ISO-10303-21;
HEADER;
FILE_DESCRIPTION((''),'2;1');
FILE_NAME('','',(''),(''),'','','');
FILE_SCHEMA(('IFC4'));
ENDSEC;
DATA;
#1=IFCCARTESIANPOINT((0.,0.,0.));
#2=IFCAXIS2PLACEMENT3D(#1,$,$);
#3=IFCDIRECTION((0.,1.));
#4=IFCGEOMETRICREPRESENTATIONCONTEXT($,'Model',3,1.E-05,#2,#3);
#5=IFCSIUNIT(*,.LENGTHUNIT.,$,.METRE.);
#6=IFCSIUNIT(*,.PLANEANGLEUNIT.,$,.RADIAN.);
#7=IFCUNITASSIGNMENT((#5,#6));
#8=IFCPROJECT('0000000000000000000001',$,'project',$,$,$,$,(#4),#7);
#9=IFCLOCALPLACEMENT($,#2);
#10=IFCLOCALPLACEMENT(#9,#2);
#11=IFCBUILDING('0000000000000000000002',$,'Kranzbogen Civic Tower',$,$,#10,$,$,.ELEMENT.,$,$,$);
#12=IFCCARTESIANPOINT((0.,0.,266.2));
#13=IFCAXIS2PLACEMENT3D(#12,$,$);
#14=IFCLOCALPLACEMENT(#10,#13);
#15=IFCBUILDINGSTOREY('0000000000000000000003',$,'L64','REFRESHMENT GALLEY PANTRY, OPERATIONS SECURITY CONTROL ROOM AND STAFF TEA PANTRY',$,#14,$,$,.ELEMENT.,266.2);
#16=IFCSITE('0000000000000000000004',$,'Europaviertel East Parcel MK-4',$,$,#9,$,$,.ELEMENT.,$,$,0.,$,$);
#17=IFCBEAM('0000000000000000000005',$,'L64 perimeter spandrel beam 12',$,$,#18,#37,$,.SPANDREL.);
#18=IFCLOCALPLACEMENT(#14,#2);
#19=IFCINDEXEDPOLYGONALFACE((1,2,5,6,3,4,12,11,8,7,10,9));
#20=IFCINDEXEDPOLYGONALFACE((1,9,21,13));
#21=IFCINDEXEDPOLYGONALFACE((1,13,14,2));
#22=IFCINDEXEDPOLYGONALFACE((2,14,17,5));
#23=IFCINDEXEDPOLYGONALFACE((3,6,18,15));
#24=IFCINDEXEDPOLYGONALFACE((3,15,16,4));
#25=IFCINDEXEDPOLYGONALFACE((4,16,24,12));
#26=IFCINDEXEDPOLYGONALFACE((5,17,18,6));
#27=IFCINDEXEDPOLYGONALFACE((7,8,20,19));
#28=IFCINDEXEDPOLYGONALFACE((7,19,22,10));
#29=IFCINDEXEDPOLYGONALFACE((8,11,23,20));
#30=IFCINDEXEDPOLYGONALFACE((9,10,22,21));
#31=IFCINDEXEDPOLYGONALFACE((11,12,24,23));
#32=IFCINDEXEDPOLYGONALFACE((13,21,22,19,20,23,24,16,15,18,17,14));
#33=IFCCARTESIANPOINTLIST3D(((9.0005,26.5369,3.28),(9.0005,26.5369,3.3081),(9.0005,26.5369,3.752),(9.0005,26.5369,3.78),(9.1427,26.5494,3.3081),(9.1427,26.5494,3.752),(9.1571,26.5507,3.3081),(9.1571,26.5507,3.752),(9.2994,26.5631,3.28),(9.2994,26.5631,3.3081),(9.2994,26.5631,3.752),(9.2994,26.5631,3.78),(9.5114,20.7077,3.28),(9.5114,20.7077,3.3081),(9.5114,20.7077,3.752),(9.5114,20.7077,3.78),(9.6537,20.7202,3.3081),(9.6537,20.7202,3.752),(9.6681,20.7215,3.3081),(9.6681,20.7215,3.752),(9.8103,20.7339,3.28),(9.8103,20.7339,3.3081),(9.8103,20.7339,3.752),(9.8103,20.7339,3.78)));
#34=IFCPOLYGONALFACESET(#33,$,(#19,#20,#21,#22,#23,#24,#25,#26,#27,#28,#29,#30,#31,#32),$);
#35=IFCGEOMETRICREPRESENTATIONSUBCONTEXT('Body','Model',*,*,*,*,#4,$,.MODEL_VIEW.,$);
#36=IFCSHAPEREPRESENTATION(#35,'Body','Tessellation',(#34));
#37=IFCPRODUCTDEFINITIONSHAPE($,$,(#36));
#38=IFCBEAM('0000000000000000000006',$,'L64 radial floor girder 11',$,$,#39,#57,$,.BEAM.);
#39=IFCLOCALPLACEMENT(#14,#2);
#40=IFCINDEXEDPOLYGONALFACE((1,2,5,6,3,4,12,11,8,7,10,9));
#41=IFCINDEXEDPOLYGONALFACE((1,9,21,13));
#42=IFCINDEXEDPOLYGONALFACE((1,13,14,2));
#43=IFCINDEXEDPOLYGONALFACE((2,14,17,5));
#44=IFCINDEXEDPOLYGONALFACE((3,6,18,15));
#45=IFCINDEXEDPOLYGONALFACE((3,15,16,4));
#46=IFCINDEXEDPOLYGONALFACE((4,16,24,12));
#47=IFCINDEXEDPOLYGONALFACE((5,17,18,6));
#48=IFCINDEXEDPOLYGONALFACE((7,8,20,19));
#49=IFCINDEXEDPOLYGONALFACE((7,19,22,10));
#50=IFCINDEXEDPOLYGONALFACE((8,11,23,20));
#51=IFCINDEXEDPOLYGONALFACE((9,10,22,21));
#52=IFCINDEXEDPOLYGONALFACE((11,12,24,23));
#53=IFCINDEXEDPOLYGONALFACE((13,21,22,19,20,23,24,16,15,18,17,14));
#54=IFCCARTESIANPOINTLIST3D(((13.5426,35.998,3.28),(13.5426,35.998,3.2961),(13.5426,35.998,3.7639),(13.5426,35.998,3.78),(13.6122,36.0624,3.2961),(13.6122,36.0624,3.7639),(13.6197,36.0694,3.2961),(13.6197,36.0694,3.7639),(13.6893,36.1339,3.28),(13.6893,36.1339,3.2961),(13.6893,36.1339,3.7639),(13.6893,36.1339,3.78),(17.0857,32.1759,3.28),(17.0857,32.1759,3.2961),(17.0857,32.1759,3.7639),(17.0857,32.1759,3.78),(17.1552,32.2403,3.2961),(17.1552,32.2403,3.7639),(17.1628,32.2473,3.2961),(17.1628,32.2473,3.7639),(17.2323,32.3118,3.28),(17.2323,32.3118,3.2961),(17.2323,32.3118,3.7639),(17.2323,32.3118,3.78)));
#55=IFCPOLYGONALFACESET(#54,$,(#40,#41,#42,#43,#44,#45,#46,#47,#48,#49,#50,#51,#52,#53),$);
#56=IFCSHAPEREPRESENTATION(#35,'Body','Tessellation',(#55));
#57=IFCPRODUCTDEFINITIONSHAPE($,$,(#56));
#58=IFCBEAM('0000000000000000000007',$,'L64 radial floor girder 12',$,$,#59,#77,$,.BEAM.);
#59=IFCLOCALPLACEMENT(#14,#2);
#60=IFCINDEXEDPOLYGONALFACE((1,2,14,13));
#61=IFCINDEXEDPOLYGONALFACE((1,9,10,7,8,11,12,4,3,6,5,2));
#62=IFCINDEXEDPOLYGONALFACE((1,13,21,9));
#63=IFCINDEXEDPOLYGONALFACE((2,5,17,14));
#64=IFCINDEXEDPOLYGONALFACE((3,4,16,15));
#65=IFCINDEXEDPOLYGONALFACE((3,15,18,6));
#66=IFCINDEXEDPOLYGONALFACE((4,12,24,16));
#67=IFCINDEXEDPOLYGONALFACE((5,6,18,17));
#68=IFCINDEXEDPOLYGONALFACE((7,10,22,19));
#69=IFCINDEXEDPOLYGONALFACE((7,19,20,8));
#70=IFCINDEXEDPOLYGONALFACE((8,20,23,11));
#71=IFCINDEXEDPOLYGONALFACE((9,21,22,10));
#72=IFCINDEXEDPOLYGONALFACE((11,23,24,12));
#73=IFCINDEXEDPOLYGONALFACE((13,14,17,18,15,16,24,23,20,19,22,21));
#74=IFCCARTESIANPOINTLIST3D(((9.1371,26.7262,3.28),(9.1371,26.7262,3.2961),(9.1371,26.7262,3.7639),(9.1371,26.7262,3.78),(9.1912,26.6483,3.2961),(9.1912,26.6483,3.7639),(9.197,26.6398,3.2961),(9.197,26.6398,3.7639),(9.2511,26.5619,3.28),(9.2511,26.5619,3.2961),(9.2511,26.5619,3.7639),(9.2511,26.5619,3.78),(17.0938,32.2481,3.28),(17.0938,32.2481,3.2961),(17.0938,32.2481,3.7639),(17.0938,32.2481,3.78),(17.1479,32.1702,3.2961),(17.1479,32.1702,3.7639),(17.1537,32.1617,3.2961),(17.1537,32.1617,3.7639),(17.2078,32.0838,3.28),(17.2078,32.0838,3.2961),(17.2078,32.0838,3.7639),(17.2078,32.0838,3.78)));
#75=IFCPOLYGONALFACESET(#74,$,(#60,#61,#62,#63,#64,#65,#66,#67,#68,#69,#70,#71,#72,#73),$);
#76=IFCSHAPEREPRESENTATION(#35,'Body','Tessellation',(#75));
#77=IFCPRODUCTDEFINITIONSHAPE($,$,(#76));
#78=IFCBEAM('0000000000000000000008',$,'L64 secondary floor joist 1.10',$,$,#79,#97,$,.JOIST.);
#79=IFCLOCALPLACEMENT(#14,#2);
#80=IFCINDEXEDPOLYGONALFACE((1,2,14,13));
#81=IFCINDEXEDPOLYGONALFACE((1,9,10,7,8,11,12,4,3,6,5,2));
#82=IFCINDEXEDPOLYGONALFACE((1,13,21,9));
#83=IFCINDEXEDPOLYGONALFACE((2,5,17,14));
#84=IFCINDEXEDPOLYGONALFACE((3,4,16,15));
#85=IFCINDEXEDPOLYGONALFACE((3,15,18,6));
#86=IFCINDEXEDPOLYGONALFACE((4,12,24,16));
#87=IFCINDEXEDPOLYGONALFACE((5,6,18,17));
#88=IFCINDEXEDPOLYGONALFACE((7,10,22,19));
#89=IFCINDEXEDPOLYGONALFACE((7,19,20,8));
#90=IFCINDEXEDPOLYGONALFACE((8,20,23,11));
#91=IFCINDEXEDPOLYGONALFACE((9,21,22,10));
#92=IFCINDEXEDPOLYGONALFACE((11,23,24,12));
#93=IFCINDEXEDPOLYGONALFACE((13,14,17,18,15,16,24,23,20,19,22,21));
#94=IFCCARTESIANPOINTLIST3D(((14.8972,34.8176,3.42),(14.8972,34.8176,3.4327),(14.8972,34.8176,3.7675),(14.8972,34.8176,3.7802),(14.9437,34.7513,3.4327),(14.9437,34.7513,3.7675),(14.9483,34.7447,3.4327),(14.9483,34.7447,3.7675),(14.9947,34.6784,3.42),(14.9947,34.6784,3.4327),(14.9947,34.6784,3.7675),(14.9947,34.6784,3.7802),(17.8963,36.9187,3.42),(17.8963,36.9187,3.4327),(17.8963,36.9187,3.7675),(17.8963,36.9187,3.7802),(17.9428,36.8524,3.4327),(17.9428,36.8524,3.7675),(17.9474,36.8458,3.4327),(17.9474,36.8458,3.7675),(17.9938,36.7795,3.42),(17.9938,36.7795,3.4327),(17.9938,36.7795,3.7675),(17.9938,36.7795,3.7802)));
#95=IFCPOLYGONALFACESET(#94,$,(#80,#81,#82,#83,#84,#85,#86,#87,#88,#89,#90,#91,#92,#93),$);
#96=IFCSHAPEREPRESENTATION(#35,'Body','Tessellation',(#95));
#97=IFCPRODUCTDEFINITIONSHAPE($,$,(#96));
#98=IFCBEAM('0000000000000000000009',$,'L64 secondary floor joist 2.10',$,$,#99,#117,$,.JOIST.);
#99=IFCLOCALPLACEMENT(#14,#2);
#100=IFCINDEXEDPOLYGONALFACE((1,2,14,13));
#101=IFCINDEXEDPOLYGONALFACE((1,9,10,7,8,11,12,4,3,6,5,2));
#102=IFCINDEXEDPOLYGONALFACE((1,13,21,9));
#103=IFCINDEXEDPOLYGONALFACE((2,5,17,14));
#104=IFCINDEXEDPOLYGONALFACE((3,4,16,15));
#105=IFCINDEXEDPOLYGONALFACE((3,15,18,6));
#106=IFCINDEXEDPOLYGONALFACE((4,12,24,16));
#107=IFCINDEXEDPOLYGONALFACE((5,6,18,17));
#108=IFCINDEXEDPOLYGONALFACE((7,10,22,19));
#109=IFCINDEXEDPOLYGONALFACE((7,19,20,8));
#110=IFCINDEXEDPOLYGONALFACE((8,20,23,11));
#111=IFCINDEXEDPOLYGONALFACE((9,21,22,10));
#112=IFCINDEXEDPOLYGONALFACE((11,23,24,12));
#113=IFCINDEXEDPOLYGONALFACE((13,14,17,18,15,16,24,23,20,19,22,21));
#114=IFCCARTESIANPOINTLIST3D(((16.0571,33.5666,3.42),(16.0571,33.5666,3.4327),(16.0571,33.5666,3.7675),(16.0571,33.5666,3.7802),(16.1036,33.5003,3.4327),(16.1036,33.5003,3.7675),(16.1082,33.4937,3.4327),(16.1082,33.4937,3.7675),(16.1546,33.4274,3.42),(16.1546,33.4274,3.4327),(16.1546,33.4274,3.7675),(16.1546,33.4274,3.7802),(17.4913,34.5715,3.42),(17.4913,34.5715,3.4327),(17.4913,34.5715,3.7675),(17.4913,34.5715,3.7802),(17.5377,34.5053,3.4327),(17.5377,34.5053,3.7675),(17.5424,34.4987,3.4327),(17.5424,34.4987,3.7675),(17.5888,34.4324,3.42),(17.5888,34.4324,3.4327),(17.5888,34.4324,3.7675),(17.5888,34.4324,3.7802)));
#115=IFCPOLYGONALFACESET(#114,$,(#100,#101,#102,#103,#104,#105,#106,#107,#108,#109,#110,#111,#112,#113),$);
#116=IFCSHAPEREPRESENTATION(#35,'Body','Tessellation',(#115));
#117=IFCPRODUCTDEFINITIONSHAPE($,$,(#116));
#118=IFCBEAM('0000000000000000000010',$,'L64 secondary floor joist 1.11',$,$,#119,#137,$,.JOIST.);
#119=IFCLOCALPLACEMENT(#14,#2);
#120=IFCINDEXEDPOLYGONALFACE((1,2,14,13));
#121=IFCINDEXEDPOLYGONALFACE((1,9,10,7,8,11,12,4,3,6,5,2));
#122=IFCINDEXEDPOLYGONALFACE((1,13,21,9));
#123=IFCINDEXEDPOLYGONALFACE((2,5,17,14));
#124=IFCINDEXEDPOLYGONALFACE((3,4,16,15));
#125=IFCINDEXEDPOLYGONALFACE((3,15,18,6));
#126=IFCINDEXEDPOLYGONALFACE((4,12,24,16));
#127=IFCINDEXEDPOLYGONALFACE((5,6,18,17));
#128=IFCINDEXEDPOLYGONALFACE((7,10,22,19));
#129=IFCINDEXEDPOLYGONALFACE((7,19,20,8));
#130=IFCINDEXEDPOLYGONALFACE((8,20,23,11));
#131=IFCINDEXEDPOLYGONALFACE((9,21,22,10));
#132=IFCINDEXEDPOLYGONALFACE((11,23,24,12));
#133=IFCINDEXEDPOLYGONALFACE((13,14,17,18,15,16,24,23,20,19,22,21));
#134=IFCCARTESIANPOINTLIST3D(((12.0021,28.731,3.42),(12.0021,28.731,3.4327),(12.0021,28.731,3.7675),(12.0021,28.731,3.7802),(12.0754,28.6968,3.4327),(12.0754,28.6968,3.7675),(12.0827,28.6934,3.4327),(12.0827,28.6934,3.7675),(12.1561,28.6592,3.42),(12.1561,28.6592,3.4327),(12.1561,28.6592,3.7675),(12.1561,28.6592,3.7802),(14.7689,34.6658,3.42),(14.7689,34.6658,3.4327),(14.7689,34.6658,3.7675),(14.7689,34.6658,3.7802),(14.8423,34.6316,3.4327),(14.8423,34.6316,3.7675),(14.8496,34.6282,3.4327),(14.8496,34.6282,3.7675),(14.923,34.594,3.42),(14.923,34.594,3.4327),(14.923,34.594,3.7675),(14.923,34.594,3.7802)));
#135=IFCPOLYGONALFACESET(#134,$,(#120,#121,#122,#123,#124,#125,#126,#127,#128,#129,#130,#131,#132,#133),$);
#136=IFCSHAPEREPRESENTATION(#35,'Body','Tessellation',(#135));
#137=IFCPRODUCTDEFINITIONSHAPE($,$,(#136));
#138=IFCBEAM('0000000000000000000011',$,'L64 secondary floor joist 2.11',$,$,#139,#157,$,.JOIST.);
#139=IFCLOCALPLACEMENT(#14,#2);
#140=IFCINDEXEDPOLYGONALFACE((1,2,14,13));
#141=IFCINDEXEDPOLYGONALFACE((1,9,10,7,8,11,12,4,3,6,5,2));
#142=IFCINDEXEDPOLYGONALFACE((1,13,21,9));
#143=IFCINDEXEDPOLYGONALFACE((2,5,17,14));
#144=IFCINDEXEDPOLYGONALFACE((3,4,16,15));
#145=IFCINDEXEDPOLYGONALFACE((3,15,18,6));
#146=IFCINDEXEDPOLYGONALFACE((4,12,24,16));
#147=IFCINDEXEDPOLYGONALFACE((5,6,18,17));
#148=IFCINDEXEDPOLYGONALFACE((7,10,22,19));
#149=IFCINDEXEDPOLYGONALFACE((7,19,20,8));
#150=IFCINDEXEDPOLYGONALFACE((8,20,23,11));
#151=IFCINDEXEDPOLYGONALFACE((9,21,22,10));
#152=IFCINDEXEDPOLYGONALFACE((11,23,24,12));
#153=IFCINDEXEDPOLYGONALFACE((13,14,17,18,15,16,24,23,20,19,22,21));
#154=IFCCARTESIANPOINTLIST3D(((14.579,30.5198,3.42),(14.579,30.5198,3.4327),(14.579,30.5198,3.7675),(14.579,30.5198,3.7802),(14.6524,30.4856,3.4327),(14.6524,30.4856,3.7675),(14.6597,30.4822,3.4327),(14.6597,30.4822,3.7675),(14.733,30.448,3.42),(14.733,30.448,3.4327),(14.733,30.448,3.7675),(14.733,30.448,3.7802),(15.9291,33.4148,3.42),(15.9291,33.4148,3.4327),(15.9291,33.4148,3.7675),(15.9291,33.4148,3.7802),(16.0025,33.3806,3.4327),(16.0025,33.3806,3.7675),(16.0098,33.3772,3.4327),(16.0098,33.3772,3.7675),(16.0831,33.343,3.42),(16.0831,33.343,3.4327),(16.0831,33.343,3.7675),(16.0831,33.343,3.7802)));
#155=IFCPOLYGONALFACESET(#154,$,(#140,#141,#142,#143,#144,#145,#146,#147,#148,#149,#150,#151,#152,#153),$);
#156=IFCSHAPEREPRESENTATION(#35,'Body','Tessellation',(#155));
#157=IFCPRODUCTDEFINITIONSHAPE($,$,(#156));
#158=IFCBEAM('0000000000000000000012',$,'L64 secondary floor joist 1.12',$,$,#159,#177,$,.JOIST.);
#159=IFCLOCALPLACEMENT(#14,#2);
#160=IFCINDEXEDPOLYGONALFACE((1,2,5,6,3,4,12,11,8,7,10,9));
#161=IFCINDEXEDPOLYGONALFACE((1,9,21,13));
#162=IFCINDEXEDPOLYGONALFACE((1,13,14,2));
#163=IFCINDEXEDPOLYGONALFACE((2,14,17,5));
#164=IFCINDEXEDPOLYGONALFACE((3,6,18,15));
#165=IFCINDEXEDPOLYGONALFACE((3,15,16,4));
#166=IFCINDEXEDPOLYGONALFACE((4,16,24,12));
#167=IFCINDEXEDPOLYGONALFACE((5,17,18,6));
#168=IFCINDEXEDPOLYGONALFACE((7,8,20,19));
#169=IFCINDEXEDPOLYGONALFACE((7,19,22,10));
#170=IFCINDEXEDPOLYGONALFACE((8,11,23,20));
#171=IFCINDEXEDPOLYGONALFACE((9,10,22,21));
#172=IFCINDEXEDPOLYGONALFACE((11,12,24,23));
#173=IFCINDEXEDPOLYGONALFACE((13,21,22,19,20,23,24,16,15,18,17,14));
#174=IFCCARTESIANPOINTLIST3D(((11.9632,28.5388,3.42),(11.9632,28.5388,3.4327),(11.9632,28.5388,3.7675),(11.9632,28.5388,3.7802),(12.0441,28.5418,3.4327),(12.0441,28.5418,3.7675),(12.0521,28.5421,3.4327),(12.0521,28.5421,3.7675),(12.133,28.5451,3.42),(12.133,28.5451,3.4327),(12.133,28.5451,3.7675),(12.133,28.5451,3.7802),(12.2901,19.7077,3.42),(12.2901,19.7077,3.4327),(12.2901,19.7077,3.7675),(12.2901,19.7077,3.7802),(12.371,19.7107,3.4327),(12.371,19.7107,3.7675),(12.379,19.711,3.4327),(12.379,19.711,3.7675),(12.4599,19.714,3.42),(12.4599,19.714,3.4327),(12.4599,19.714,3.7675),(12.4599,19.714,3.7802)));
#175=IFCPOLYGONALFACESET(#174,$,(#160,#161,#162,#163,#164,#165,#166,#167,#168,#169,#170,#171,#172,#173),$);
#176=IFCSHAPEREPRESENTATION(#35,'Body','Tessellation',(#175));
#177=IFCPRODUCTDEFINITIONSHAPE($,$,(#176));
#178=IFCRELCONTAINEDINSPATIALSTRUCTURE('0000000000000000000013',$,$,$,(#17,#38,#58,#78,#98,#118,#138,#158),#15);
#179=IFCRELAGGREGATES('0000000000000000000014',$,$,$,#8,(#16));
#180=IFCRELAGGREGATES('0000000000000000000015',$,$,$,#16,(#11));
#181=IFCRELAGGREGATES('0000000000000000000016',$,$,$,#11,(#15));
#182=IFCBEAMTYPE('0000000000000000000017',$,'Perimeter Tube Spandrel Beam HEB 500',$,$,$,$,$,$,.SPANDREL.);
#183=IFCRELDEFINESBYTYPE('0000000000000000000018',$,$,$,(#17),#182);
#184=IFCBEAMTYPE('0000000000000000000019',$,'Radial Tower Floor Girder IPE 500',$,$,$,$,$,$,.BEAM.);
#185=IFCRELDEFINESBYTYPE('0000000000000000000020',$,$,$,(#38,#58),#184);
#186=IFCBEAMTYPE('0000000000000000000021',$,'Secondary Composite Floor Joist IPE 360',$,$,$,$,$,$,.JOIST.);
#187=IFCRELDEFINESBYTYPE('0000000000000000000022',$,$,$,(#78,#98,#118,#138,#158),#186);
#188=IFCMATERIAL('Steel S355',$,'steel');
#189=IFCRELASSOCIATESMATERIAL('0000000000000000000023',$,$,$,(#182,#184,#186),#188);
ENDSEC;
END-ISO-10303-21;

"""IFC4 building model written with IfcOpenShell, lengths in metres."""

from ifc_helpers import new_model, si_unit, direction, frame, origin, origin_2d, place, context, subcontext, project, spatial, i_section, extrude, material, material_profile, profile_set, type_object, element, save


model = new_model("IFC4")

# Units and contexts
model_context = context("Model", 3, precision=1e-05, world=origin(), true_north=direction((0.0, 1.0)))
body_context = subcontext(model_context, "Body", "Model", "MODEL_VIEW")
ifc_project = project(units=[si_unit("LENGTHUNIT", "METRE"), si_unit("PLANEANGLEUNIT", "RADIAN")], contexts=[model_context])

# Site, building, storey
site_placement = place(None, origin())
site = spatial("IfcSite", under=ifc_project, at=site_placement, Name="Europaviertel East Parcel MK-4", CompositionType="ELEMENT", RefElevation=0.0)
building_placement = place(site_placement, origin())
building = spatial("IfcBuilding", under=site, at=building_placement, Name="Kranzbogen Civic Tower", CompositionType="ELEMENT")
storey_placement = place(building_placement, frame((0.0, 0.0, 266.2)))
storey = spatial("IfcBuildingStorey", under=building, at=storey_placement, Name="L64", Description="REFRESHMENT GALLEY PANTRY, OPERATIONS SECURITY CONTROL ROOM AND STAFF TEA PANTRY", CompositionType="ELEMENT", Elevation=266.2)

# Shared definitions
ifc_material_1 = material(Name="Steel S355", Category="steel")

# Beams
ifc_material_profile_1 = material_profile(ifc_material_1, i_section(OverallWidth=0.3, OverallDepth=0.5, WebThickness=0.0144, FlangeThickness=0.0281, at=origin_2d()), Name="HEB 500")
ifc_profile_set_1 = profile_set([ifc_material_profile_1], Name="Steel S355")
beam_type_1 = type_object("IfcBeamType", Name="Perimeter Tube Spandrel Beam HEB 500", PredefinedType="SPANDREL", material=ifc_profile_set_1)
beam_1_placement = place(storey_placement, frame((9.1499, 26.55, 3.53), z_axis=(0.087326, -0.99618, 0.0), x_axis=(0.99618, 0.087326, 0.0)))
element("IfcBeam", 1, at=beam_1_placement, inside=storey, type_object=beam_type_1, Name="L64 perimeter spandrel beam 12", PredefinedType="SPANDREL", context=body_context, shape_type="SweptSolid", body=[
    extrude(i_section(OverallWidth=0.3, OverallDepth=0.5, WebThickness=0.0144, FlangeThickness=0.0281, at=origin_2d()), origin(), (0.0, 0.0, 1.0), 5.8516),
])
ifc_material_profile_2 = material_profile(ifc_material_1, i_section(OverallWidth=0.2, OverallDepth=0.5, WebThickness=0.0103, FlangeThickness=0.0161, at=origin_2d()), Name="IPE 500")
ifc_profile_set_2 = profile_set([ifc_material_profile_2], Name="Steel S355")
beam_type_2 = type_object("IfcBeamType", Name="Radial Tower Floor Girder IPE 500", PredefinedType="BEAM", material=ifc_profile_set_2)
beam_2_placement = place(storey_placement, frame((13.616, 36.0659, 3.53), z_axis=(0.679827, -0.733372, 0.0), x_axis=(0.733372, 0.679827, 0.0)))
element("IfcBeam", 2, at=beam_2_placement, inside=storey, type_object=beam_type_2, Name="L64 radial floor girder 11", PredefinedType="BEAM", context=body_context, shape_type="SweptSolid", body=[
    extrude(i_section(OverallWidth=0.2, OverallDepth=0.5, WebThickness=0.0103, FlangeThickness=0.0161, at=origin_2d()), origin(), (0.0, 0.0, 1.0), 5.2117),
])
beam_3_placement = place(storey_placement, frame((9.1941, 26.644, 3.53), z_axis=(0.821543, 0.570147, 0.0), x_axis=(-0.570147, 0.821543, 0.0)))
element("IfcBeam", 3, at=beam_3_placement, inside=storey, type_object=beam_type_2, Name="L64 radial floor girder 12", PredefinedType="BEAM", context=body_context, shape_type="SweptSolid", body=[
    extrude(i_section(OverallWidth=0.2, OverallDepth=0.5, WebThickness=0.0103, FlangeThickness=0.0161, at=origin_2d()), origin(), (0.0, 0.0, 1.0), 9.6851),
])
ifc_material_profile_3 = material_profile(ifc_material_1, i_section(OverallWidth=0.1699, OverallDepth=0.3601, WebThickness=0.0081, FlangeThickness=0.0127, at=origin_2d()), Name="IPE 360")
ifc_profile_set_3 = profile_set([ifc_material_profile_3], Name="Steel S355")
beam_type_3 = type_object("IfcBeamType", Name="Secondary Composite Floor Joist IPE 360", PredefinedType="JOIST", material=ifc_profile_set_3)
beam_4_placement = place(storey_placement, frame((17.9451, 36.8491, 3.6001), z_axis=(-0.819006, -0.573784, 0.0), x_axis=(0.573784, -0.819006, 0.0)))
element("IfcBeam", 4, at=beam_4_placement, inside=storey, type_object=beam_type_3, Name="L64 secondary floor joist 1.10", PredefinedType="JOIST", context=body_context, shape_type="SweptSolid", body=[
    extrude(i_section(OverallWidth=0.1699, OverallDepth=0.3601, WebThickness=0.0081, FlangeThickness=0.0127, at=origin_2d()), origin(), (0.0, 0.0, 1.0), 3.6619),
])
beam_5_placement = place(storey_placement, frame((17.54, 34.502, 3.6001), z_axis=(-0.818957, -0.573855, 0.0), x_axis=(0.573855, -0.818957, 0.0)))
element("IfcBeam", 5, at=beam_5_placement, inside=storey, type_object=beam_type_3, Name="L64 secondary floor joist 2.10", PredefinedType="JOIST", context=body_context, shape_type="SweptSolid", body=[
    extrude(i_section(OverallWidth=0.1699, OverallDepth=0.3601, WebThickness=0.0081, FlangeThickness=0.0127, at=origin_2d()), origin(), (0.0, 0.0, 1.0), 1.7512),
])
beam_6_placement = place(storey_placement, frame((14.8459, 34.6299, 3.6001), z_axis=(-0.422543, -0.906343, 0.0), x_axis=(0.906343, -0.422543, 0.0)))
element("IfcBeam", 6, at=beam_6_placement, inside=storey, type_object=beam_type_3, Name="L64 secondary floor joist 1.11", PredefinedType="JOIST", context=body_context, shape_type="SweptSolid", body=[
    extrude(i_section(OverallWidth=0.1699, OverallDepth=0.3601, WebThickness=0.0081, FlangeThickness=0.0127, at=origin_2d()), origin(), (0.0, 0.0, 1.0), 6.5481),
])
beam_7_placement = place(storey_placement, frame((16.0061, 33.3789, 3.6001), z_axis=(-0.422651, -0.906292, 0.0), x_axis=(0.906292, -0.422651, 0.0)))
element("IfcBeam", 7, at=beam_7_placement, inside=storey, type_object=beam_type_3, Name="L64 secondary floor joist 2.11", PredefinedType="JOIST", context=body_context, shape_type="SweptSolid", body=[
    extrude(i_section(OverallWidth=0.1699, OverallDepth=0.3601, WebThickness=0.0081, FlangeThickness=0.0127, at=origin_2d()), origin(), (0.0, 0.0, 1.0), 3.1943),
])
beam_8_placement = place(storey_placement, frame((12.0481, 28.542, 3.6001), z_axis=(0.036992, -0.999316, 0.0), x_axis=(0.999316, 0.036992, 0.0)))
element("IfcBeam", 8, at=beam_8_placement, inside=storey, type_object=beam_type_3, Name="L64 secondary floor joist 1.12", PredefinedType="JOIST", context=body_context, shape_type="SweptSolid", body=[
    extrude(i_section(OverallWidth=0.1699, OverallDepth=0.3601, WebThickness=0.0081, FlangeThickness=0.0127, at=origin_2d()), origin(), (0.0, 0.0, 1.0), 8.8372),
])

save(model, "model.ifc")
